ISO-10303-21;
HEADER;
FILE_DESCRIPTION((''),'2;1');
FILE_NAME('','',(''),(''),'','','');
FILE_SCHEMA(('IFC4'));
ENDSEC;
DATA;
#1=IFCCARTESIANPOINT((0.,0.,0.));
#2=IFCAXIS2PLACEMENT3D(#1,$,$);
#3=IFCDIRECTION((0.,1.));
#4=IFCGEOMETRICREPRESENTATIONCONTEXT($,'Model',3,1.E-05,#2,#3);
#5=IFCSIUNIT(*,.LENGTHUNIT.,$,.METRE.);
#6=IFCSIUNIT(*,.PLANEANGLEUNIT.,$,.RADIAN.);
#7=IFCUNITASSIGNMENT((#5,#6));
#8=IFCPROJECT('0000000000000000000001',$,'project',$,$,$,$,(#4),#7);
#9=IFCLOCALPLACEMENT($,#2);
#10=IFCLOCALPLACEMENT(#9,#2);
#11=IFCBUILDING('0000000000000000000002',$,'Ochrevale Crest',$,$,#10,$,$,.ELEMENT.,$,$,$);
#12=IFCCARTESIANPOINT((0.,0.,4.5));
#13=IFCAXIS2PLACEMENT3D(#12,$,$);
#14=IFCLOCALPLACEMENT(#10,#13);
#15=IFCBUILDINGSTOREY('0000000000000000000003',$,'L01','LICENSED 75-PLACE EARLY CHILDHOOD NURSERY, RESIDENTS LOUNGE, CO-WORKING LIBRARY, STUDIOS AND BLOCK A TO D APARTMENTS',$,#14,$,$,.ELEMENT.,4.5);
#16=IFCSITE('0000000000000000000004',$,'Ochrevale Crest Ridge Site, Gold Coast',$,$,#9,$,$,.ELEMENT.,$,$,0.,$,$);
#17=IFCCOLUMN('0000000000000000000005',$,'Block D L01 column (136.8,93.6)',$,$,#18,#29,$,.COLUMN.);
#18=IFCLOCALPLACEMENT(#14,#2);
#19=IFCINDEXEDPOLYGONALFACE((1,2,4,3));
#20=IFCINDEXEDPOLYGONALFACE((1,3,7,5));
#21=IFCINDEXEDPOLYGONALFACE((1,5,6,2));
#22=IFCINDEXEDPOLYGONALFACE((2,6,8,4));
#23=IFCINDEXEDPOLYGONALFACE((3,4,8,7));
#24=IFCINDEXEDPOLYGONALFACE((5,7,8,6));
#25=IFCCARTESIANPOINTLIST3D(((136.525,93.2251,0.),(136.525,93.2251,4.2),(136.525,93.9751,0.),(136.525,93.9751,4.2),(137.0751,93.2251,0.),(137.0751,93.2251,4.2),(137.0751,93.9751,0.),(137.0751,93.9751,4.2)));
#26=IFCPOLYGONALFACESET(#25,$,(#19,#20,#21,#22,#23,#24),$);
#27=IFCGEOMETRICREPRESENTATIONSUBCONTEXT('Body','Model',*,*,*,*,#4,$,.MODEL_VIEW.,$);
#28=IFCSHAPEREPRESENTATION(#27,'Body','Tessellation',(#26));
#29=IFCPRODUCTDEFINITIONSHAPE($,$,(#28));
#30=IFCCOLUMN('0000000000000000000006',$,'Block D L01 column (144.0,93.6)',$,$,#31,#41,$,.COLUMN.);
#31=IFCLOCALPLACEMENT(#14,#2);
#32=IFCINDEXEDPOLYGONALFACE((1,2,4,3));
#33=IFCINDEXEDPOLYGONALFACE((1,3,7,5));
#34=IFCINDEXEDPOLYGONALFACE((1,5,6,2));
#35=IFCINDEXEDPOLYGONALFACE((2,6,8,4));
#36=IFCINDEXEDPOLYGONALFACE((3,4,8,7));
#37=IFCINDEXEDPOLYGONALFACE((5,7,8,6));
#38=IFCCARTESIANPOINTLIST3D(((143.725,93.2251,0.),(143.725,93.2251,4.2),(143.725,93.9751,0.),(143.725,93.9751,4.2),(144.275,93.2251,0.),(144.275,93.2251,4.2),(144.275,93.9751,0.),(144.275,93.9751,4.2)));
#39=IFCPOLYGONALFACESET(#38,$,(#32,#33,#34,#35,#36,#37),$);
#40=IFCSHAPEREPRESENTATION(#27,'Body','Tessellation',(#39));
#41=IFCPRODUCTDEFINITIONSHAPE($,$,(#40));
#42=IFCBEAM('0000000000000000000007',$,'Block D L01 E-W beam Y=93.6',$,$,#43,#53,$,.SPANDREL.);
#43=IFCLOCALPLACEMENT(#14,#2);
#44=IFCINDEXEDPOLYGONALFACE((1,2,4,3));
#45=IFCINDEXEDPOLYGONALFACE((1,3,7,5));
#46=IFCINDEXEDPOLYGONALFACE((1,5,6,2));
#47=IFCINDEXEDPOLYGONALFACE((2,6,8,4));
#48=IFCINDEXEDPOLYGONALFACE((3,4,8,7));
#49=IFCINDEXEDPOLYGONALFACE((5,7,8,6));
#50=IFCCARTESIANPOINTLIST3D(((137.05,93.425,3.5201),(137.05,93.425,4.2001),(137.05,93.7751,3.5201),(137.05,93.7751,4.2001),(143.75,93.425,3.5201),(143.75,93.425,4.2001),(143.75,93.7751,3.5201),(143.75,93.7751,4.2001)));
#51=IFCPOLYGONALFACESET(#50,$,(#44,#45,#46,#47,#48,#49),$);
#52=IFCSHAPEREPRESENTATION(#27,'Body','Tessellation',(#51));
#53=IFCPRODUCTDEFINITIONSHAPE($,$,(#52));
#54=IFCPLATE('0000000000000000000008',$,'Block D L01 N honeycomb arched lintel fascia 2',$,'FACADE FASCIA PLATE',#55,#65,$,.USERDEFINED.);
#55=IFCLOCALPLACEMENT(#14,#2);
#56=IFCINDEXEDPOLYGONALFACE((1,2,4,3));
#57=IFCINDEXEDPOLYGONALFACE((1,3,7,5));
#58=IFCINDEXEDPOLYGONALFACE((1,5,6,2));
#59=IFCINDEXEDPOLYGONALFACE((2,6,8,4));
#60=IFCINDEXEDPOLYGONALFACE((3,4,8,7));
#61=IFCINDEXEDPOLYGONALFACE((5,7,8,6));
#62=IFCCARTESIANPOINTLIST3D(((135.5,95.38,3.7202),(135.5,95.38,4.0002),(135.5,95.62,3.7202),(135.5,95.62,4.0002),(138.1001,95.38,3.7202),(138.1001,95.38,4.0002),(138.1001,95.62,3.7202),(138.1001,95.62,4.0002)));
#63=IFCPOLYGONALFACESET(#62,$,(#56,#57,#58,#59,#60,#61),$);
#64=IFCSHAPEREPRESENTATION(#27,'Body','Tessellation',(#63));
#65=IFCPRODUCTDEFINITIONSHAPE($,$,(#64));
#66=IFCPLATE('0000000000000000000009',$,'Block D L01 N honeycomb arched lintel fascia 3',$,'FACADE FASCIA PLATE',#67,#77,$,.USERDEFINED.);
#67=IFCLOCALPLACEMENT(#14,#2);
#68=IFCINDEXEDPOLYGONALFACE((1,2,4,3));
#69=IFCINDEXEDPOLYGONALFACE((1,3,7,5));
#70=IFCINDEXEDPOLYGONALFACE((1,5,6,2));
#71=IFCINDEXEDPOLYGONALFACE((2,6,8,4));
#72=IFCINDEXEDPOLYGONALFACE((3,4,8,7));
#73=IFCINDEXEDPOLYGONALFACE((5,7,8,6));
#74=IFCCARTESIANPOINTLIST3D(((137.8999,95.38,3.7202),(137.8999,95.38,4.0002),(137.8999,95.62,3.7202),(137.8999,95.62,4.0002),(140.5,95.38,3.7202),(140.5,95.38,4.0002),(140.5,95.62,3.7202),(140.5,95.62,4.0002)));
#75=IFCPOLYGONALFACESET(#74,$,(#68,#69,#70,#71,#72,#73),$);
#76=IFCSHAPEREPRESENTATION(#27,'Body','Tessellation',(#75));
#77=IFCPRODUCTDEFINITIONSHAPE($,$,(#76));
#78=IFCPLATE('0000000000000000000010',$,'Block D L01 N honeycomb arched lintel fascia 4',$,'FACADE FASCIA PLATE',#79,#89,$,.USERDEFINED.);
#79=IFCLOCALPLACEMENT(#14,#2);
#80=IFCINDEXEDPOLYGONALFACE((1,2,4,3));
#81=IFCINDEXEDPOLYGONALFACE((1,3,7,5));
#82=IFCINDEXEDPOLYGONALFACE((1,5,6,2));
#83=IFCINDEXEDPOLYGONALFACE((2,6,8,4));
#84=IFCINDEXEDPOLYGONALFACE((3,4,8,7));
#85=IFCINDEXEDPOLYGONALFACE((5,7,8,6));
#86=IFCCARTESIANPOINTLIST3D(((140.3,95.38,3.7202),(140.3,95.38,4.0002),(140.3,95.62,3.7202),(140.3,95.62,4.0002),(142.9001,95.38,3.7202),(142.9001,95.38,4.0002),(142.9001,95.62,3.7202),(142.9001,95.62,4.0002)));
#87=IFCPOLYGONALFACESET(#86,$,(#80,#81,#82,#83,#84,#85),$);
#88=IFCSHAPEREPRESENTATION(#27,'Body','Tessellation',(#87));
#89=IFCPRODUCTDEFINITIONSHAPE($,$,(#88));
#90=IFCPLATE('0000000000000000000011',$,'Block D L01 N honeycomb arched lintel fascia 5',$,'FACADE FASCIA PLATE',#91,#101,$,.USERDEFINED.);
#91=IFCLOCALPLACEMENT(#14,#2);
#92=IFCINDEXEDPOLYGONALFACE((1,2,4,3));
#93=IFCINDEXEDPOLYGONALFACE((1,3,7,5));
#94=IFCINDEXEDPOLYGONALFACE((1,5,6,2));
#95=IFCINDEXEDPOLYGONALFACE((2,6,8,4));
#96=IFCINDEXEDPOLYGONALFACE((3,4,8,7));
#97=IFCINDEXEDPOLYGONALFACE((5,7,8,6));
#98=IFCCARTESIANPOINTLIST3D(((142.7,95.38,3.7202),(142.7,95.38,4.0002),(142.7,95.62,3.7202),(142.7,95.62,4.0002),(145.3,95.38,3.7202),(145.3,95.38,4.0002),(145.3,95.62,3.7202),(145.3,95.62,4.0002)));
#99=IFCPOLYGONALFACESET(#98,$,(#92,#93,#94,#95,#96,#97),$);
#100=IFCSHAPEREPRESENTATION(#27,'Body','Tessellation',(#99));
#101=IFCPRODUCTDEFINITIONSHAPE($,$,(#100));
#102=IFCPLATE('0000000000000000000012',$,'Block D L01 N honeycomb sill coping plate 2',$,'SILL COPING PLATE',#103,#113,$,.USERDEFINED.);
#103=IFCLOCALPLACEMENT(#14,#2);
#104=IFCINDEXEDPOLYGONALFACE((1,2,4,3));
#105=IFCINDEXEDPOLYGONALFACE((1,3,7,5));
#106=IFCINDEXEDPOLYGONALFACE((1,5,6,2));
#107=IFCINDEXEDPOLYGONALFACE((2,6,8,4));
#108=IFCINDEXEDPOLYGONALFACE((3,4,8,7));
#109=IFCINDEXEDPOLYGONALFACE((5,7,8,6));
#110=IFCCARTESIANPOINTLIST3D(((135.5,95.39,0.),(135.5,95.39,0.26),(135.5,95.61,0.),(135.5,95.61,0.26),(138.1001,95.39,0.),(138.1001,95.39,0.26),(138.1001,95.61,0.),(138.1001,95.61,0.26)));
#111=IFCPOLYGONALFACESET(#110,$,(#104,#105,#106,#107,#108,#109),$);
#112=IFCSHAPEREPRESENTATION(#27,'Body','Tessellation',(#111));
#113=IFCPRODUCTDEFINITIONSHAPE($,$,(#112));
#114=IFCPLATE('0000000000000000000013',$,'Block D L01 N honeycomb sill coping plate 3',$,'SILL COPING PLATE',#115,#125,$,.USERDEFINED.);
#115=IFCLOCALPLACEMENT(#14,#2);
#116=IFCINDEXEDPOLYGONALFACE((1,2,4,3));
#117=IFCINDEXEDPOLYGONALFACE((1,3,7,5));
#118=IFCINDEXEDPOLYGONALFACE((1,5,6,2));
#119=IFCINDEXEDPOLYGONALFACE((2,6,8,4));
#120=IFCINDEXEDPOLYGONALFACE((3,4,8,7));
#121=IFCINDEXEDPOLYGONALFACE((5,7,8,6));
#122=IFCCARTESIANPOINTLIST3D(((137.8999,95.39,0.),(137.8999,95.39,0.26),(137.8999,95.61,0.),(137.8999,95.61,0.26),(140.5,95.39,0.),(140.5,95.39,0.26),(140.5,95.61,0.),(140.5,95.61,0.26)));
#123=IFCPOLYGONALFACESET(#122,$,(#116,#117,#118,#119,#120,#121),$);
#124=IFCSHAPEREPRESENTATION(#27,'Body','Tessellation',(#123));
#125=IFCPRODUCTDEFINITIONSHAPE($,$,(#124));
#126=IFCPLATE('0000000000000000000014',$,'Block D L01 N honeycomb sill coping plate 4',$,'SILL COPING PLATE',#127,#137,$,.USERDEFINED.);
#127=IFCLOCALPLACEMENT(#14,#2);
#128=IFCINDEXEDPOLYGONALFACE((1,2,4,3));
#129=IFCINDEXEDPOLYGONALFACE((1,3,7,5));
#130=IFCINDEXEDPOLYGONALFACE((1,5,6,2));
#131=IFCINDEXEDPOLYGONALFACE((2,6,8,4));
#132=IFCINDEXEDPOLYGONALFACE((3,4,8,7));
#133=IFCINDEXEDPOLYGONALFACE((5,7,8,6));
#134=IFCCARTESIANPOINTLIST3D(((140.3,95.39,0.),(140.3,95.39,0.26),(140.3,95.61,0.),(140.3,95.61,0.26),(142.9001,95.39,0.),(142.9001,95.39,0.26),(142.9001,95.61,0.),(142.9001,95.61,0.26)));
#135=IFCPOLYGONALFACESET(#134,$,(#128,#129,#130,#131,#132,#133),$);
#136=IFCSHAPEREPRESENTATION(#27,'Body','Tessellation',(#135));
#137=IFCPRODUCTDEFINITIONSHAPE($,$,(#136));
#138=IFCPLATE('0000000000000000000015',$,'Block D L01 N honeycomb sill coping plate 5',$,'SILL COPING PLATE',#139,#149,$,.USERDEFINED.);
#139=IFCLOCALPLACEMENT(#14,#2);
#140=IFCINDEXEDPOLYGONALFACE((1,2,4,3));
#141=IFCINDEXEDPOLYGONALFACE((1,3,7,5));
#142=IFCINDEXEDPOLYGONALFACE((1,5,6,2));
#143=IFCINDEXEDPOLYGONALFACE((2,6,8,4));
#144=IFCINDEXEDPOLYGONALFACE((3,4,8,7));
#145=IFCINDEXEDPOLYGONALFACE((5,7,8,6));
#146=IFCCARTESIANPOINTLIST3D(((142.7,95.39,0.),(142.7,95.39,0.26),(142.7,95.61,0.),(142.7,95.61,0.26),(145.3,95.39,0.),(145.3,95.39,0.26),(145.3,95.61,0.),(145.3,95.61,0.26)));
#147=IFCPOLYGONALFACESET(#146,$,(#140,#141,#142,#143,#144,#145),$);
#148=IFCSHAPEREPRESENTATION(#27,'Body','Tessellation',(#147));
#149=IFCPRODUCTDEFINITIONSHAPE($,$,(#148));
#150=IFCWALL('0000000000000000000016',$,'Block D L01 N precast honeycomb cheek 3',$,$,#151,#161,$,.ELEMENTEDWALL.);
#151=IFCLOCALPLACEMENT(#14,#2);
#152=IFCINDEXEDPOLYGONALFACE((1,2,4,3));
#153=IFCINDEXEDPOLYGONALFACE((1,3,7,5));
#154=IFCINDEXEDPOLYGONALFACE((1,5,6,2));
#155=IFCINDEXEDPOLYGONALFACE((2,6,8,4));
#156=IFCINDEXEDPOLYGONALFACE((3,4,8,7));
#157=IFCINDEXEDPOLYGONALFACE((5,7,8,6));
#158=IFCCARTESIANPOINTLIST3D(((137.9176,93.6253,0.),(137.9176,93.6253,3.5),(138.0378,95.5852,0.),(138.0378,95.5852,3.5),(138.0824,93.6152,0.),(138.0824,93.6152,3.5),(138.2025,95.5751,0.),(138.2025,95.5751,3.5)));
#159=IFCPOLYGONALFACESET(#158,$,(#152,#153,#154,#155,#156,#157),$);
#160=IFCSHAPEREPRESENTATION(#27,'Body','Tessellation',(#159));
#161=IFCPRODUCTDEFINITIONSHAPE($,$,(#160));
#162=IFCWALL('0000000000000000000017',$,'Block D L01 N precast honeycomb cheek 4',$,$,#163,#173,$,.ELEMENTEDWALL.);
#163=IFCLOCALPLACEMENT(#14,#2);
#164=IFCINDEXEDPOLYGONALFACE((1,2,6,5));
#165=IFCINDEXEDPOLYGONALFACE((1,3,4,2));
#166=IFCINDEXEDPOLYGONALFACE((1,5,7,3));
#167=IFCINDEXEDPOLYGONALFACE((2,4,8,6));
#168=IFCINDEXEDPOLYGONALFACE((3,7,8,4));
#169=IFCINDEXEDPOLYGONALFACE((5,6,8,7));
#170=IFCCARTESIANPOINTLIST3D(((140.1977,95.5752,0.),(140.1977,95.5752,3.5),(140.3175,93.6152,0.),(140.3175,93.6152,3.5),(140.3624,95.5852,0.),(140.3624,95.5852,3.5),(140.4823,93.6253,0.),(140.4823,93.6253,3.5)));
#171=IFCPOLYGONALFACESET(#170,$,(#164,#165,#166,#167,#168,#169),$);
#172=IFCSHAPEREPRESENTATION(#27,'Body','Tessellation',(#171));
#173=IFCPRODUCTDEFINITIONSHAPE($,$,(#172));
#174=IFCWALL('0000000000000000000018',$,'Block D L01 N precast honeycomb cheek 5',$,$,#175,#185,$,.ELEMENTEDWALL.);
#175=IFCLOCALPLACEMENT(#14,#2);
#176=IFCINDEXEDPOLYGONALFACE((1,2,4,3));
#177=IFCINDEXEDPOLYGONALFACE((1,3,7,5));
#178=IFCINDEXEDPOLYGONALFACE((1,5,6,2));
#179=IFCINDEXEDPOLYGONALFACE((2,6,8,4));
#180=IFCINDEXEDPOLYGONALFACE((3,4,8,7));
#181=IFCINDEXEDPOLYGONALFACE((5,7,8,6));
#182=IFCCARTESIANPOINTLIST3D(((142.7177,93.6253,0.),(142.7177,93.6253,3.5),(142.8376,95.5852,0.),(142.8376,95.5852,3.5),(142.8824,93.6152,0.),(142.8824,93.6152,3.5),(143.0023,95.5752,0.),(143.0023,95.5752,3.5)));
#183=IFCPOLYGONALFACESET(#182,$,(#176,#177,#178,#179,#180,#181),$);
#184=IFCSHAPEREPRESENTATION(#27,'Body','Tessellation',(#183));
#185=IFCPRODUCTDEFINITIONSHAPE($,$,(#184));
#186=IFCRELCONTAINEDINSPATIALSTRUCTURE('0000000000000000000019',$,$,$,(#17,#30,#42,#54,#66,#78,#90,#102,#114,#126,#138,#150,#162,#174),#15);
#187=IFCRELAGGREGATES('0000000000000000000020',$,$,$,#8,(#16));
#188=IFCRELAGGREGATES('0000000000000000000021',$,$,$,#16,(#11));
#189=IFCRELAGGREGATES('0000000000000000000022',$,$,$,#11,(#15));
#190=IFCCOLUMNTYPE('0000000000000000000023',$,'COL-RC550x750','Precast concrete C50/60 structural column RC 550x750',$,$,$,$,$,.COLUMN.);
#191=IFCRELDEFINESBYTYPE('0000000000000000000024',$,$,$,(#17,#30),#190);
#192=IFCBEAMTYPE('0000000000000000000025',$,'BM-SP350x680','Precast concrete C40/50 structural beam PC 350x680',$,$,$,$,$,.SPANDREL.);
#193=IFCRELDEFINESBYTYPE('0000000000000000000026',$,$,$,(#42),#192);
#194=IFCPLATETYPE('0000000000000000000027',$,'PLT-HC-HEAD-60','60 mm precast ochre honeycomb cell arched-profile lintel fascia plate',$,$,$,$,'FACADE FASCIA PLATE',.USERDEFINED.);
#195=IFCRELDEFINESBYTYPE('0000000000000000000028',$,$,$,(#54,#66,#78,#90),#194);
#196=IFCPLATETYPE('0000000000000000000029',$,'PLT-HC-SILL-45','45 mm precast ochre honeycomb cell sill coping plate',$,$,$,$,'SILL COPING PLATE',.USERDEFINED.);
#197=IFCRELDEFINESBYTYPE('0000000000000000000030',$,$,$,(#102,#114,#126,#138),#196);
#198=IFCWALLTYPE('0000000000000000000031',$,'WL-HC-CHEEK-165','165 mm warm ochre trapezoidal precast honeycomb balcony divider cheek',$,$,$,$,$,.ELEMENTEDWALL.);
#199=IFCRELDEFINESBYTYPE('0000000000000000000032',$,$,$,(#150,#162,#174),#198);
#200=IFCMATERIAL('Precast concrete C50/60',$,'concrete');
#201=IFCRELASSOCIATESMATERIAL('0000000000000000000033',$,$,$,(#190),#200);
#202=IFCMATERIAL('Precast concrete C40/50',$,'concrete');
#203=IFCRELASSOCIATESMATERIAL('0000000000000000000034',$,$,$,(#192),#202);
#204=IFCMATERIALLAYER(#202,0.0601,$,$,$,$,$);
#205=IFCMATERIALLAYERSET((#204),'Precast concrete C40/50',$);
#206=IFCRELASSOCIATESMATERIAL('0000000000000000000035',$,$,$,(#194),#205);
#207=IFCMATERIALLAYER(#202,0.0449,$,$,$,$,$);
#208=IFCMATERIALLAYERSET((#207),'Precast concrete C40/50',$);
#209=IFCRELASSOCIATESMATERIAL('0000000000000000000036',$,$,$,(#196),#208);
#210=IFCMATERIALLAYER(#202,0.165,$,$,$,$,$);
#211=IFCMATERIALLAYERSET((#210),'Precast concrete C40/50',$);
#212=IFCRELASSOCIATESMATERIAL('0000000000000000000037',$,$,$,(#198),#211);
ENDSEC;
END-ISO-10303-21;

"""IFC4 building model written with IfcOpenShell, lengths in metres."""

from ifc_helpers import new_model, si_unit, direction, frame, frame_2d, origin, origin_2d, place, context, subcontext, project, spatial, rectangle, extrude, material, layer, layer_set, material_profile, profile_set, type_object, element, save


model = new_model("IFC4")

# Units and contexts
model_context = context("Model", 3, precision=1e-05, world=origin(), true_north=direction((0.0, 1.0)))
body_context = subcontext(model_context, "Body", "Model", "MODEL_VIEW")
ifc_project = project(units=[si_unit("LENGTHUNIT", "METRE"), si_unit("PLANEANGLEUNIT", "RADIAN")], contexts=[model_context])

# Site, building, storey
site_placement = place(None, origin())
site = spatial("IfcSite", under=ifc_project, at=site_placement, Name="Ochrevale Crest Ridge Site, Gold Coast", CompositionType="ELEMENT", RefElevation=0.0)
building_placement = place(site_placement, origin())
building = spatial("IfcBuilding", under=site, at=building_placement, Name="Ochrevale Crest", CompositionType="ELEMENT")
storey_placement = place(building_placement, frame((0.0, 0.0, 4.5)))
storey = spatial("IfcBuildingStorey", under=building, at=storey_placement, Name="L01", Description="LICENSED 75-PLACE EARLY CHILDHOOD NURSERY, RESIDENTS LOUNGE, CO-WORKING LIBRARY, STUDIOS AND BLOCK A TO D APARTMENTS", CompositionType="ELEMENT", Elevation=4.5)

# Columns
ifc_material_1 = material(Name="Precast concrete C50/60", Category="concrete")
ifc_material_profile_1 = material_profile(ifc_material_1, rectangle(XDim=0.55, YDim=0.75, at=origin_2d()), Name="RC 550x750")
ifc_profile_set_1 = profile_set([ifc_material_profile_1], Name="Precast concrete C50/60")
column_type = type_object("IfcColumnType", Name="COL-RC550x750", Description="Precast concrete C50/60 structural column RC 550x750", PredefinedType="COLUMN", material=ifc_profile_set_1)
for number, where, z_axis, x_axis, name in (
    (1, (136.8, 93.6001, 0.0), (0.0, 0.0, 1.0), (1.0, 0.0, 0.0), "Block D L01 column (136.8,93.6)"),
    (2, (144.0, 93.6001, 0.0), (0.0, 0.0, 1.0), (1.0, 0.0, 0.0), "Block D L01 column (144.0,93.6)"),
):
    element("IfcColumn", number, at=place(storey_placement, frame(where, z_axis=z_axis, x_axis=x_axis)), inside=storey, type_object=column_type, Name=name, PredefinedType="COLUMN", context=body_context, shape_type="SweptSolid", body=[
        extrude(rectangle(XDim=0.55, YDim=0.75, at=origin_2d()), origin(), (0.0, 0.0, 1.0), 4.2),
    ])

# Beam
ifc_material_2 = material(Name="Precast concrete C40/50", Category="concrete")
ifc_material_profile_2 = material_profile(ifc_material_2, rectangle(XDim=0.3501, YDim=0.6799, at=origin_2d()), Name="PC 350x680")
ifc_profile_set_2 = profile_set([ifc_material_profile_2], Name="Precast concrete C40/50")
beam_type = type_object("IfcBeamType", Name="BM-SP350x680", Description="Precast concrete C40/50 structural beam PC 350x680", PredefinedType="SPANDREL", material=ifc_profile_set_2)
beam_placement = place(storey_placement, frame((137.05, 93.6001, 3.8601), z_axis=(1.0, 0.0, 0.0), x_axis=(0.0, 1.0, 0.0)))
element("IfcBeam", 3, at=beam_placement, inside=storey, type_object=beam_type, Name="Block D L01 E-W beam Y=93.6", PredefinedType="SPANDREL", context=body_context, shape_type="SweptSolid", body=[
    extrude(rectangle(XDim=0.3501, YDim=0.6799, at=origin_2d()), origin(), (0.0, 0.0, 1.0), 6.7),
])

# Plates
ifc_layer_1 = layer(ifc_material_2, 0.0601)
ifc_layer_set_1 = layer_set([ifc_layer_1], Name="Precast concrete C40/50")
plate_type_1 = type_object("IfcPlateType", Name="PLT-HC-HEAD-60", Description="60 mm precast ochre honeycomb cell arched-profile lintel fascia plate", ElementType="FACADE FASCIA PLATE", PredefinedType="USERDEFINED", material=ifc_layer_set_1)
for number, where, z_axis, x_axis, name in (
    (4, (136.8, 95.5, 3.7202), (0.0, 0.0, 1.0), (1.0, 0.0, 0.0), "Block D L01 N honeycomb arched lintel fascia 2"),
    (5, (139.2, 95.5, 3.7202), (0.0, 0.0, 1.0), (1.0, 0.0, 0.0), "Block D L01 N honeycomb arched lintel fascia 3"),
    (6, (141.6001, 95.5, 3.7202), (0.0, 0.0, 1.0), (1.0, 0.0, 0.0), "Block D L01 N honeycomb arched lintel fascia 4"),
    (7, (144.0, 95.5, 3.7202), (0.0, 0.0, 1.0), (1.0, 0.0, 0.0), "Block D L01 N honeycomb arched lintel fascia 5"),
):
    element("IfcPlate", number, at=place(storey_placement, frame(where, z_axis=z_axis, x_axis=x_axis)), inside=storey, type_object=plate_type_1, Name=name, ObjectType="FACADE FASCIA PLATE", PredefinedType="USERDEFINED", context=body_context, shape_type="SweptSolid", body=[
        extrude(rectangle(XDim=2.6001, YDim=0.24, at=origin_2d()), origin(), (0.0, 0.0, 1.0), 0.28),
    ])
ifc_layer_2 = layer(ifc_material_2, 0.0449)
ifc_layer_set_2 = layer_set([ifc_layer_2], Name="Precast concrete C40/50")
plate_type_2 = type_object("IfcPlateType", Name="PLT-HC-SILL-45", Description="45 mm precast ochre honeycomb cell sill coping plate", ElementType="SILL COPING PLATE", PredefinedType="USERDEFINED", material=ifc_layer_set_2)
for number, where, z_axis, x_axis, name in (
    (8, (136.8, 95.5, 0.0), (0.0, 0.0, 1.0), (1.0, 0.0, 0.0), "Block D L01 N honeycomb sill coping plate 2"),
    (9, (139.2, 95.5, 0.0), (0.0, 0.0, 1.0), (1.0, 0.0, 0.0), "Block D L01 N honeycomb sill coping plate 3"),
    (10, (141.6001, 95.5, 0.0), (0.0, 0.0, 1.0), (1.0, 0.0, 0.0), "Block D L01 N honeycomb sill coping plate 4"),
    (11, (144.0, 95.5, 0.0), (0.0, 0.0, 1.0), (1.0, 0.0, 0.0), "Block D L01 N honeycomb sill coping plate 5"),
):
    element("IfcPlate", number, at=place(storey_placement, frame(where, z_axis=z_axis, x_axis=x_axis)), inside=storey, type_object=plate_type_2, Name=name, ObjectType="SILL COPING PLATE", PredefinedType="USERDEFINED", context=body_context, shape_type="SweptSolid", body=[
        extrude(rectangle(XDim=2.6001, YDim=0.22, at=origin_2d()), origin(), (0.0, 0.0, 1.0), 0.26),
    ])

# Walls
ifc_layer_3 = layer(ifc_material_2, 0.165)
ifc_layer_set_3 = layer_set([ifc_layer_3], Name="Precast concrete C40/50")
wall_type_1 = type_object("IfcWallType", Name="WL-HC-CHEEK-165", Description="165 mm warm ochre trapezoidal precast honeycomb balcony divider cheek", PredefinedType="ELEMENTEDWALL", material=ifc_layer_set_3)
for number, where, z_axis, x_axis, name in (
    (12, (138.0, 93.6201, 0.0), (0.0, 0.0, 1.0), (0.061171, 0.998127, 0.0), "Block D L01 N precast honeycomb cheek 3"),
    (13, (140.3999, 93.6201, 0.0), (0.0, 0.0, 1.0), (-0.061047, 0.998135, 0.0), "Block D L01 N precast honeycomb cheek 4"),
    (14, (142.8, 93.6201, 0.0), (0.0, 0.0, 1.0), (0.061047, 0.998135, 0.0), "Block D L01 N precast honeycomb cheek 5"),
):
    element("IfcWall", number, at=place(storey_placement, frame(where, z_axis=z_axis, x_axis=x_axis)), inside=storey, type_object=wall_type_1, Name=name, PredefinedType="ELEMENTEDWALL", context=body_context, shape_type="SweptSolid", body=[
        extrude(rectangle(XDim=1.9636, YDim=0.165, at=frame_2d((0.9819, 0.0))), origin(), (0.0, 0.0, 1.0), 3.5),
    ])

save(model, "model.ifc")
